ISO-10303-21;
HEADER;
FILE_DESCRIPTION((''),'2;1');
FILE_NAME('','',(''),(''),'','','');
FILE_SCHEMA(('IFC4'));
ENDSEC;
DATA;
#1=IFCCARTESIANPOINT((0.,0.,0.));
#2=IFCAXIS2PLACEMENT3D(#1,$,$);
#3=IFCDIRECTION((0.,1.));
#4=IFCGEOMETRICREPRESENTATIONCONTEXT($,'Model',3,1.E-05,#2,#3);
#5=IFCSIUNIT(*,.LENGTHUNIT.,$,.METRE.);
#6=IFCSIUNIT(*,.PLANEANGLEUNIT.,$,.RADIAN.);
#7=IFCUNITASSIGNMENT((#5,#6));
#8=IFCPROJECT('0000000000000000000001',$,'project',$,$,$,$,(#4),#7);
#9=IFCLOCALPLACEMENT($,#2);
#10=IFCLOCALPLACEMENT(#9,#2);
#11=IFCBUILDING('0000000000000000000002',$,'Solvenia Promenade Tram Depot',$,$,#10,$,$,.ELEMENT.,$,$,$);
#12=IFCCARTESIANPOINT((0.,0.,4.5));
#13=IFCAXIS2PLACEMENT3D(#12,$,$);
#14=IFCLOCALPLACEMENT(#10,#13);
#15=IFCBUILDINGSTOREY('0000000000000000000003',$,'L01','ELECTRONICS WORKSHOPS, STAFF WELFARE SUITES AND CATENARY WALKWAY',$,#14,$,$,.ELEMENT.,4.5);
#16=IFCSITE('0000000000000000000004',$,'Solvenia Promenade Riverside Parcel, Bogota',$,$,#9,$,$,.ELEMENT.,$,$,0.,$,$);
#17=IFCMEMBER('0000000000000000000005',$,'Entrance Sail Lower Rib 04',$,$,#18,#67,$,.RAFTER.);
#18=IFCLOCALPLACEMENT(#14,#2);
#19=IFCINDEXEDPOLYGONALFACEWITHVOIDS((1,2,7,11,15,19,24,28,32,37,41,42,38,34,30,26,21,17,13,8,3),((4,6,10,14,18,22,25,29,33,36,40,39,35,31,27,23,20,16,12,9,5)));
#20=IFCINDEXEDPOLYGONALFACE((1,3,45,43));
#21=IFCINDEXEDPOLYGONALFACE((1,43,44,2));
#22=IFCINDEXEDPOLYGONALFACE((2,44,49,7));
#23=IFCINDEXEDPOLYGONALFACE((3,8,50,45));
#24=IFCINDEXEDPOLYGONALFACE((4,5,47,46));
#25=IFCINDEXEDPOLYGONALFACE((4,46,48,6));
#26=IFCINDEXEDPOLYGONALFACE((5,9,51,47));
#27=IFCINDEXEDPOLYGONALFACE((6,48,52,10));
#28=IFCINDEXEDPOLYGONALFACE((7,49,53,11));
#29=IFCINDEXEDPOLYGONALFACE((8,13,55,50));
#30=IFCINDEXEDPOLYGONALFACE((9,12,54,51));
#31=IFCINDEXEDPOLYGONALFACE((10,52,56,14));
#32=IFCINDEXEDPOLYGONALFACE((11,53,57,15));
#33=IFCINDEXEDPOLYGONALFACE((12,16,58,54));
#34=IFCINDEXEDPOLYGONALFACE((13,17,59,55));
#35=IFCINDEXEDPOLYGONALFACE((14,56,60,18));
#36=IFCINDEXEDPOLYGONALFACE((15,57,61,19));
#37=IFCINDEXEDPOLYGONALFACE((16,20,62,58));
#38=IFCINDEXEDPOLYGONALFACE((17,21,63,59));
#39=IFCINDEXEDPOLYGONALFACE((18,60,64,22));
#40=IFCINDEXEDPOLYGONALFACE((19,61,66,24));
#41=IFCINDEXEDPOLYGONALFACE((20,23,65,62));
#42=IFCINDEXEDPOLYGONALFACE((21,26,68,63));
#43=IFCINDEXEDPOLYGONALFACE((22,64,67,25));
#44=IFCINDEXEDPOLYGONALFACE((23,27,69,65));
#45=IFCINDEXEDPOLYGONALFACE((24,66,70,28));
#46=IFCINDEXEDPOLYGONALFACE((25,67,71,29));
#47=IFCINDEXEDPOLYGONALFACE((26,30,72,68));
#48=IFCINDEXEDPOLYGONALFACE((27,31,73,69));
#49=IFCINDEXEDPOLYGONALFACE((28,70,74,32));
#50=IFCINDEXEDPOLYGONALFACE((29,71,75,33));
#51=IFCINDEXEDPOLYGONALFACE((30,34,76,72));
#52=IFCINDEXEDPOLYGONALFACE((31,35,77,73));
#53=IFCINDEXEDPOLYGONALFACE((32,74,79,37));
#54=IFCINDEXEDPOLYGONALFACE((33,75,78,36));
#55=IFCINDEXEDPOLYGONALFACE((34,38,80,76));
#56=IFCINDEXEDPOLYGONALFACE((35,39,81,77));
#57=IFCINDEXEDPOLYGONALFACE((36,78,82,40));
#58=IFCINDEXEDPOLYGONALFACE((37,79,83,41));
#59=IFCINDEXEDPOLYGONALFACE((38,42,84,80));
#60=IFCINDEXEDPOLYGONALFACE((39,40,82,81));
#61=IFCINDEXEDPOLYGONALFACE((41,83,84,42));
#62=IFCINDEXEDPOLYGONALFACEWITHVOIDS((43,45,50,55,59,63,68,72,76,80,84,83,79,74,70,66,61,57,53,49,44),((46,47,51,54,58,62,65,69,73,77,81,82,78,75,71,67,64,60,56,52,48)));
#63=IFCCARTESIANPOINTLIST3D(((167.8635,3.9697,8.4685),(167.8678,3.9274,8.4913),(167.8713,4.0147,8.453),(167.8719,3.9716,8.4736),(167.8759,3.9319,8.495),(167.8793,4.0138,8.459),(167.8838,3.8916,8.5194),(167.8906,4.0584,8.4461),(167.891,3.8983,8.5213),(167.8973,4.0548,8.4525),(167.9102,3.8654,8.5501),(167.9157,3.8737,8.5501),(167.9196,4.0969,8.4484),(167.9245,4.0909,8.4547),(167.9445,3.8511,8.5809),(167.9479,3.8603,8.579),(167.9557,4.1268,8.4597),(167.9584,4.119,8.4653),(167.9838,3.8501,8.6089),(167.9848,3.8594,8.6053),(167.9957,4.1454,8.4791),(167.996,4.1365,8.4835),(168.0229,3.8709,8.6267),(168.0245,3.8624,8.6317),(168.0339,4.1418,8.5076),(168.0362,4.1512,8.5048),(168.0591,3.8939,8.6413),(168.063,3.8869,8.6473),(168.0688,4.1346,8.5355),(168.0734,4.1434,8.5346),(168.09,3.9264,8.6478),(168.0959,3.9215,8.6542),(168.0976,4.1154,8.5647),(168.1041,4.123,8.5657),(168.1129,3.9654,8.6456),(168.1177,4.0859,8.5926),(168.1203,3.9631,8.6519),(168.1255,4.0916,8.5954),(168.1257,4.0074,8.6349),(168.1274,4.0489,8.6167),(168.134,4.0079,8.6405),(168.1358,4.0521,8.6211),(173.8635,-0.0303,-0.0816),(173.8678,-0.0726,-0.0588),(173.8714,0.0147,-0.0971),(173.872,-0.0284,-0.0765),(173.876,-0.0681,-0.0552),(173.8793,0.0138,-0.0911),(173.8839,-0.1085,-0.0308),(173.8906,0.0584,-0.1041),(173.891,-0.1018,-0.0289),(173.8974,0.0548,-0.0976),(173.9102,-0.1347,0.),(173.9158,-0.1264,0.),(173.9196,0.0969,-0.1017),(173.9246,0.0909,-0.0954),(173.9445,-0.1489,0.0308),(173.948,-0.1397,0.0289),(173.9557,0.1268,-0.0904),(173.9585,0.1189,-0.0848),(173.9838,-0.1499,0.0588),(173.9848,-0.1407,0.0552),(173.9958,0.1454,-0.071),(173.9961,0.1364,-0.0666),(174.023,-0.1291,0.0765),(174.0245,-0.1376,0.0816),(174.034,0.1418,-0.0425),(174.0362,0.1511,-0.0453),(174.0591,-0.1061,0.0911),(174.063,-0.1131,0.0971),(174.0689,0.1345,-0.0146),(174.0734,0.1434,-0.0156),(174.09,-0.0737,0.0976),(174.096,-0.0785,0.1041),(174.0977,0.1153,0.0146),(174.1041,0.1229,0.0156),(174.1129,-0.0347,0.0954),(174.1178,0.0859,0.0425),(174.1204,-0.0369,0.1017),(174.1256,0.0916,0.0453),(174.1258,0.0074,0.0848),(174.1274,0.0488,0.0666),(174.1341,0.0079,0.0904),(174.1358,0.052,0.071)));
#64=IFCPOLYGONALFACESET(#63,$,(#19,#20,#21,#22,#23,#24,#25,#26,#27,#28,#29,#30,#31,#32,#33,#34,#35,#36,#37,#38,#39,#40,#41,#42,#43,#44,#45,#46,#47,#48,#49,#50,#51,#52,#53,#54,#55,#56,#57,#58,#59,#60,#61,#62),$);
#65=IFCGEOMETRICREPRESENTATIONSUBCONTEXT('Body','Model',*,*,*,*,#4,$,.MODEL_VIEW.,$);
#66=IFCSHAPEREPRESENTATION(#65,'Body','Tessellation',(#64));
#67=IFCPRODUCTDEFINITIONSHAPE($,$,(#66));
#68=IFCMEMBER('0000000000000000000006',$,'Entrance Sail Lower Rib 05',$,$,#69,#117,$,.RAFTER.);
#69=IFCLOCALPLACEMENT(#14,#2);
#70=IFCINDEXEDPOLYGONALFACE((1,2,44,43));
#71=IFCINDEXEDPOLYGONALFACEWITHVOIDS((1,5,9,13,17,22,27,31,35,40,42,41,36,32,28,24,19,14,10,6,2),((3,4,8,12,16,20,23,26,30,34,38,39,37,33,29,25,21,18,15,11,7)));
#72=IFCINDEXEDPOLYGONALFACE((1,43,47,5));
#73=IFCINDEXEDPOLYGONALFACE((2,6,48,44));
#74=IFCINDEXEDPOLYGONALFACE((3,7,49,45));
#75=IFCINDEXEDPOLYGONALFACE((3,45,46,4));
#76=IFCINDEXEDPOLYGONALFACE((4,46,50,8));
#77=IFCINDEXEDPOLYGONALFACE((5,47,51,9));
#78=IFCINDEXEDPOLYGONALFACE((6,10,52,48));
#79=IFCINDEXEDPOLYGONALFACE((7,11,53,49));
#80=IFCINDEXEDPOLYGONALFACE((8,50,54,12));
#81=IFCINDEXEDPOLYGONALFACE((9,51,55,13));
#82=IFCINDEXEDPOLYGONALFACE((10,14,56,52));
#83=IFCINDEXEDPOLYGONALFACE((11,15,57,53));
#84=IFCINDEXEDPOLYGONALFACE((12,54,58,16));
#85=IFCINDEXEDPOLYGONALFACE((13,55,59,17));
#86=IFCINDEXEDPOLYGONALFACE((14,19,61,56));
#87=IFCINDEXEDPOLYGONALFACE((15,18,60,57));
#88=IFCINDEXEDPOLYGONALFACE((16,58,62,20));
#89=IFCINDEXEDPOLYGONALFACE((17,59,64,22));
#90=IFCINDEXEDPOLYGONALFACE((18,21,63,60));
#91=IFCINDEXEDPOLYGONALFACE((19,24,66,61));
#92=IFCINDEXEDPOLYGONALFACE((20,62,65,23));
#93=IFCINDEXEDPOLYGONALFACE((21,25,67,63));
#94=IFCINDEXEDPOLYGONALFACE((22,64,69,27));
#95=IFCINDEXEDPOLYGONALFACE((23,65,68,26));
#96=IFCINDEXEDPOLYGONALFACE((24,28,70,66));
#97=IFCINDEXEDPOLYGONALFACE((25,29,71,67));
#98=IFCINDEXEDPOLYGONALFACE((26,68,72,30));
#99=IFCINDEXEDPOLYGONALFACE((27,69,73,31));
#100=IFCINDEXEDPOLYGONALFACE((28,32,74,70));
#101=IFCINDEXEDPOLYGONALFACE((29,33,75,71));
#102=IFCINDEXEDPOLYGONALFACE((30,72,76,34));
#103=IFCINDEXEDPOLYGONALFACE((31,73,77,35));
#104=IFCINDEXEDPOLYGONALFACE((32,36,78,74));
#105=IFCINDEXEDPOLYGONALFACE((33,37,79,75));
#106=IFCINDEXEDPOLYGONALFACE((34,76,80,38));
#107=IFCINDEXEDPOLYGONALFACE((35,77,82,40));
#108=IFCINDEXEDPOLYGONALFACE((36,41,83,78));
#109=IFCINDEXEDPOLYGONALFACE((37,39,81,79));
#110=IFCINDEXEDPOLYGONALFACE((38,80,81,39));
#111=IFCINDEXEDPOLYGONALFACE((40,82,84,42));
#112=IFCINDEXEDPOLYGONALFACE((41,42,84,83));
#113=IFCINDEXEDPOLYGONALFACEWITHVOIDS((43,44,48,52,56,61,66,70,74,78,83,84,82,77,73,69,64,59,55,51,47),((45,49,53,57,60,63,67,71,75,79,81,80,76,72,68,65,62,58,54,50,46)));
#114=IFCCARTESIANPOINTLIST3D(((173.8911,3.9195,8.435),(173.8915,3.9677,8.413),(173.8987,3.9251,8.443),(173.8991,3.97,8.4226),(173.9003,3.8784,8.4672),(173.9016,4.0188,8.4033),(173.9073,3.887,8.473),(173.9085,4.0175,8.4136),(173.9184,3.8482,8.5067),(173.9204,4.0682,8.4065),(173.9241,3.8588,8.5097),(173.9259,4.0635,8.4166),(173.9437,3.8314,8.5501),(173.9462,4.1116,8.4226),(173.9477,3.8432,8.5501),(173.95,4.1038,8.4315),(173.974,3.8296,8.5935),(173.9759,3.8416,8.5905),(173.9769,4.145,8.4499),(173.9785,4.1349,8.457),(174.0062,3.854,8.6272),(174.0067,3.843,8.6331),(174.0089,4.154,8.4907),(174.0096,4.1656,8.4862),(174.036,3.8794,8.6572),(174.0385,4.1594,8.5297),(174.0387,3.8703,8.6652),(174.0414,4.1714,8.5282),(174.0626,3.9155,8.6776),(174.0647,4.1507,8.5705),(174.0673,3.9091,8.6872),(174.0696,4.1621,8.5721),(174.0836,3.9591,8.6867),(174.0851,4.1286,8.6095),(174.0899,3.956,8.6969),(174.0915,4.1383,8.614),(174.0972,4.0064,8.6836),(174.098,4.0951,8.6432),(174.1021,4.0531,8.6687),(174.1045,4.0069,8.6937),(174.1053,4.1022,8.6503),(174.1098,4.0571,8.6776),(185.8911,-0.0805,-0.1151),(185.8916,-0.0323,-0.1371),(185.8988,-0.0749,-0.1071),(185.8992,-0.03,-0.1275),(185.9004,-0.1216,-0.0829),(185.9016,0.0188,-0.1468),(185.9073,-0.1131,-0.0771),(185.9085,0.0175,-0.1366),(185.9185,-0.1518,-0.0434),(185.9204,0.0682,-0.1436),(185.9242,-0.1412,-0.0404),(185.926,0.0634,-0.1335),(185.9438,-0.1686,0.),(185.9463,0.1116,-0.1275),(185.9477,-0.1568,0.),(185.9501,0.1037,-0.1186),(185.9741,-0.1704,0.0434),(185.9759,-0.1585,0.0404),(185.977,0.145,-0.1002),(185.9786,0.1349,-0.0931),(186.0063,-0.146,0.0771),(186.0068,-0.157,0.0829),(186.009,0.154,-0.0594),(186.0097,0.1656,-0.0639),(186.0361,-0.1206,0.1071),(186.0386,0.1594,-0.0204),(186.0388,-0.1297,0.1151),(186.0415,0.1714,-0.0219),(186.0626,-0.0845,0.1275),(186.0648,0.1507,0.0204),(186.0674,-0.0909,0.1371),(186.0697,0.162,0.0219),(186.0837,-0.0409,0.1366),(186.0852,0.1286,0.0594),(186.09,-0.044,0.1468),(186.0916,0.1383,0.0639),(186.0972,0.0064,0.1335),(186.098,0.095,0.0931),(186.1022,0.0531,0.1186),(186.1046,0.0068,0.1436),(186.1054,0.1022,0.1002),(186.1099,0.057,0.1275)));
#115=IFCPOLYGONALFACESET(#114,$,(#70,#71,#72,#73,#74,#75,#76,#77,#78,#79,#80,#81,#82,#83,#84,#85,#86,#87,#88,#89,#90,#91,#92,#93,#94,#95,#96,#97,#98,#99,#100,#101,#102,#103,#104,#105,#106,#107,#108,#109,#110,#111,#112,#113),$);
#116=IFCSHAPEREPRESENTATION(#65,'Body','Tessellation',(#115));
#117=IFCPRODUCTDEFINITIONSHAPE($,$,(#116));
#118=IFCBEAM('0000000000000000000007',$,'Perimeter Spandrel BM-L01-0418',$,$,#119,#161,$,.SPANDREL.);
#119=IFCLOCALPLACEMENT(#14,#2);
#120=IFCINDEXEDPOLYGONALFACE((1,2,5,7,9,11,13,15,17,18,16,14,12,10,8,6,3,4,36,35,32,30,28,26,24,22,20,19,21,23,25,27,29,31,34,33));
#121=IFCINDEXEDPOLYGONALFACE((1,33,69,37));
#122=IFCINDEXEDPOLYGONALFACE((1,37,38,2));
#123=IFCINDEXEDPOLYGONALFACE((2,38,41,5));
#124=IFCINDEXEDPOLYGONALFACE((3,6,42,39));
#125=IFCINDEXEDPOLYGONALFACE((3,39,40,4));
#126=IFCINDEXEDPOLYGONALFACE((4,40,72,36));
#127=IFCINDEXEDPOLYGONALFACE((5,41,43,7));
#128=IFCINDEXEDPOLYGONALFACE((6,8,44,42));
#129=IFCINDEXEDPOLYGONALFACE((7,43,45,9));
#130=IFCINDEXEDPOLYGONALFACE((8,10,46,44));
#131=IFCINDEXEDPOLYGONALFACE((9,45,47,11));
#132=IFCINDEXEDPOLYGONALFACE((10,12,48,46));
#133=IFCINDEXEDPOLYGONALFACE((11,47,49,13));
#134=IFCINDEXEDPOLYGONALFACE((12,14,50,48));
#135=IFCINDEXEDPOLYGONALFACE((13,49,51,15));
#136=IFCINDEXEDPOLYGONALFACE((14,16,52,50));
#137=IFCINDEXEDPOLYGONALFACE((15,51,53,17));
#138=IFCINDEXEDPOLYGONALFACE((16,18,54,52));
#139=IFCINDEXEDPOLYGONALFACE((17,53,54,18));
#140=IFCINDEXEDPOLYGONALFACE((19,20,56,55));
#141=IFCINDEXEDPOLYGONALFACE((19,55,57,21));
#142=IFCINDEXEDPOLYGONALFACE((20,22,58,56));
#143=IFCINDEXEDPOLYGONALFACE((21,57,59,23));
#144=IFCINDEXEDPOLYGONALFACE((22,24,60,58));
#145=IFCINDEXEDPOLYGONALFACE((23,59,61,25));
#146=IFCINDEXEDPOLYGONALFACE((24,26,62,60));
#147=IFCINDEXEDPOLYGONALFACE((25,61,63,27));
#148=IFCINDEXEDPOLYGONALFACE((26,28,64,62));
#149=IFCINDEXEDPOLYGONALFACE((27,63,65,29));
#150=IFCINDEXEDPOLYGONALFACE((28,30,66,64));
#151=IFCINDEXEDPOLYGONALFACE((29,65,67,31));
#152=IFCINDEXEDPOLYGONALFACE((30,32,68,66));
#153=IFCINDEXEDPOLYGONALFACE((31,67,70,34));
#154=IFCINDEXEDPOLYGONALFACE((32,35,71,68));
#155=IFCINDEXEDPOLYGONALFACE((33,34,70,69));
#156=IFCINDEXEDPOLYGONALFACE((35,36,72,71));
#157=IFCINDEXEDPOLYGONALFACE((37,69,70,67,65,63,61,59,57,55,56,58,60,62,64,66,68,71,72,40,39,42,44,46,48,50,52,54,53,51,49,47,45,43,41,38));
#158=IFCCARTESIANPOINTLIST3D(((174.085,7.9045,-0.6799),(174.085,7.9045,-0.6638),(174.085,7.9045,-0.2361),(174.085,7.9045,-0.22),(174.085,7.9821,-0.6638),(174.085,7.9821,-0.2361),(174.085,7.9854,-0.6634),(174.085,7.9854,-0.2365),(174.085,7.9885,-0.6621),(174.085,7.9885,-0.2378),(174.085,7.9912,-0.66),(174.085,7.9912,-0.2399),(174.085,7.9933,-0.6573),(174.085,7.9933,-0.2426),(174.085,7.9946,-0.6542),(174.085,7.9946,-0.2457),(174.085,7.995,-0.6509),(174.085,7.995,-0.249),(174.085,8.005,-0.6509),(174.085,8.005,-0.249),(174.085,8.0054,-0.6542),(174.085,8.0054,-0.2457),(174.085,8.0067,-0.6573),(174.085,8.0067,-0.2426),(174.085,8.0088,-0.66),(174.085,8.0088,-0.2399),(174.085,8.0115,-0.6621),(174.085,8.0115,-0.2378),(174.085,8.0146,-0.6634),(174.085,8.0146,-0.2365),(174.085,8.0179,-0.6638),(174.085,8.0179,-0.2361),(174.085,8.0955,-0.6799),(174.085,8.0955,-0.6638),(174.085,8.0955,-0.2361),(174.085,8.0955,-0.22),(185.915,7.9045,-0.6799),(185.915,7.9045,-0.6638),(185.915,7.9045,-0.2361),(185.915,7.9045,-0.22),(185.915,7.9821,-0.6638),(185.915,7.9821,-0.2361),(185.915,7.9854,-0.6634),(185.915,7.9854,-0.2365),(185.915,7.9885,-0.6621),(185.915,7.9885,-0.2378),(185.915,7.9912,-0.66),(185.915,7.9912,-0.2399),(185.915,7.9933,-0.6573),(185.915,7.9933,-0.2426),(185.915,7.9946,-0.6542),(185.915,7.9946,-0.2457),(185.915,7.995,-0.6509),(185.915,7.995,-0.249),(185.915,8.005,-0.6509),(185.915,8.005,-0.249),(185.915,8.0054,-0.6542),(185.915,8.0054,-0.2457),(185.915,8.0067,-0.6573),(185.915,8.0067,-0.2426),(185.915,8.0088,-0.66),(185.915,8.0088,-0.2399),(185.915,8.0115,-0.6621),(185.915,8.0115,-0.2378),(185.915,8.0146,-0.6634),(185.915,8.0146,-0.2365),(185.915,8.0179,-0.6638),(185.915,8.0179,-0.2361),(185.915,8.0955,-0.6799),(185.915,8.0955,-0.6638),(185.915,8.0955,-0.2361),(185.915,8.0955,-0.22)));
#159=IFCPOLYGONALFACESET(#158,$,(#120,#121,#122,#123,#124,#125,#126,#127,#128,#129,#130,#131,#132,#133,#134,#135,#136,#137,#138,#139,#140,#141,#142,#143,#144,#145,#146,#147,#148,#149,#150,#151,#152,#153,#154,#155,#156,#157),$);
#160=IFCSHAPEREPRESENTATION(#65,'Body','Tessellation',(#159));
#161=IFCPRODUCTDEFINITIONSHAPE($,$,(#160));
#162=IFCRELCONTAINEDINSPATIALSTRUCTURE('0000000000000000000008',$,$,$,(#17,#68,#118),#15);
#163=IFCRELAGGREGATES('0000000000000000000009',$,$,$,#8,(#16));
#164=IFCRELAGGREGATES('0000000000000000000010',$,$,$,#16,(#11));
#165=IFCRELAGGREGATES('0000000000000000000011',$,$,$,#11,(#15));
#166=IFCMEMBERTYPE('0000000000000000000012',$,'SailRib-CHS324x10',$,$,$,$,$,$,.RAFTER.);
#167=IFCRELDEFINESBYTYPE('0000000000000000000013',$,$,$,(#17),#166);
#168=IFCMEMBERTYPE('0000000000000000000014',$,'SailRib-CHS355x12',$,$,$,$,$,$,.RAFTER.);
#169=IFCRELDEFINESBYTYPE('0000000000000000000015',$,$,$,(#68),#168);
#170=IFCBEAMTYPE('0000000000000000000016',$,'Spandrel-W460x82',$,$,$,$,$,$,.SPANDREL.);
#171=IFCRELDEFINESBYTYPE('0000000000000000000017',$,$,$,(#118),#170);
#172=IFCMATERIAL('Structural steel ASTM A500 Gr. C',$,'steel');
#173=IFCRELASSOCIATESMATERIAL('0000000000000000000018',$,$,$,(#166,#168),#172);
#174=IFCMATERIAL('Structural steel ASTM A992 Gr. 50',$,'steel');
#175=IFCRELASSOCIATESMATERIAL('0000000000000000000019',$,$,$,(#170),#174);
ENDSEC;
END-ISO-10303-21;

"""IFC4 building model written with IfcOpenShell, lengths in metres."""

from ifc_helpers import new_model, si_unit, direction, frame, origin, origin_2d, place, context, subcontext, project, spatial, hollow_circle, i_section, extrude, material, material_profile, profile_set, type_object, element, save


model = new_model("IFC4")

# Units and contexts
model_context = context("Model", 3, precision=1e-05, world=origin(), true_north=direction((0.0, 1.0)))
body_context = subcontext(model_context, "Body", "Model", "MODEL_VIEW")
ifc_project = project(units=[si_unit("LENGTHUNIT", "METRE"), si_unit("PLANEANGLEUNIT", "RADIAN")], contexts=[model_context])

# Site, building, storey
site_placement = place(None, origin())
site = spatial("IfcSite", under=ifc_project, at=site_placement, Name="Solvenia Promenade Riverside Parcel, Bogota", CompositionType="ELEMENT", RefElevation=0.0)
building_placement = place(site_placement, origin())
building = spatial("IfcBuilding", under=site, at=building_placement, Name="Solvenia Promenade Tram Depot", CompositionType="ELEMENT")
storey_placement = place(building_placement, frame((0.0, 0.0, 4.5)))
storey = spatial("IfcBuildingStorey", under=building, at=storey_placement, Name="L01", Description="ELECTRONICS WORKSHOPS, STAFF WELFARE SUITES AND CATENARY WALKWAY", CompositionType="ELEMENT", Elevation=4.5)

# Shared definitions
ifc_material_1 = material(Name="Structural steel ASTM A992 Gr. 50", Category="steel")

# Members
ifc_material_2 = material(Name="Structural steel ASTM A500 Gr. C", Category="steel")
ifc_material_profile_1 = material_profile(ifc_material_2, hollow_circle(Radius=0.1619, WallThickness=0.01, at=origin_2d()), Name="CHS323.9x10", Category="steel")
ifc_profile_set_1 = profile_set([ifc_material_profile_1], Name="Structural steel ASTM A500 Gr. C")
member_type_1 = type_object("IfcMemberType", Name="SailRib-CHS324x10", PredefinedType="RAFTER", material=ifc_profile_set_1)
member_1_placement = place(storey_placement, frame((174.0, 0.0, 0.0), z_axis=(-0.536435, 0.357623, 0.764424), x_axis=(-0.5547, -0.83205, 0.0)))
element("IfcMember", 1, at=member_1_placement, inside=storey, type_object=member_type_1, Name="Entrance Sail Lower Rib 04", PredefinedType="RAFTER", context=body_context, shape_type="SweptSolid", body=[
    extrude(hollow_circle(Radius=0.1619, WallThickness=0.01, at=origin_2d()), origin(), (0.0, 0.0, 1.0), 11.1851),
])
ifc_material_profile_2 = material_profile(ifc_material_2, hollow_circle(Radius=0.1777, WallThickness=0.0125, at=origin_2d()), Name="CHS355.6x12.5", Category="steel")
ifc_profile_set_2 = profile_set([ifc_material_profile_2], Name="Structural steel ASTM A500 Gr. C")
member_type_2 = type_object("IfcMemberType", Name="SailRib-CHS355x12", PredefinedType="RAFTER", material=ifc_profile_set_2)
member_2_placement = place(storey_placement, frame((186.0, 0.0, 0.0), z_axis=(-0.785972, 0.261991, 0.560008), x_axis=(-0.316228, -0.948683, 0.0)))
element("IfcMember", 2, at=member_2_placement, inside=storey, type_object=member_type_2, Name="Entrance Sail Lower Rib 05", PredefinedType="RAFTER", context=body_context, shape_type="SweptSolid", body=[
    extrude(hollow_circle(Radius=0.1777, WallThickness=0.0125, at=origin_2d()), origin(), (0.0, 0.0, 1.0), 15.2678),
])

# Beam
ifc_material_profile_3 = material_profile(ifc_material_1, i_section(OverallWidth=0.1909, OverallDepth=0.46, WebThickness=0.01, FlangeThickness=0.0161, FilletRadius=0.0129, at=origin_2d()), Name="W460x82", Category="steel")
ifc_profile_set_3 = profile_set([ifc_material_profile_3], Name="Structural steel ASTM A992 Gr. 50")
beam_type_1 = type_object("IfcBeamType", Name="Spandrel-W460x82", PredefinedType="SPANDREL", material=ifc_profile_set_3)
for number, where, z_axis, x_axis, name in (
    (3, (174.085, 8.0, -0.45), (1.0, 0.0, 0.0), (0.0, 1.0, 0.0), "Perimeter Spandrel BM-L01-0418"),
):
    element("IfcBeam", number, at=place(storey_placement, frame(where, z_axis=z_axis, x_axis=x_axis)), inside=storey, type_object=beam_type_1, Name=name, PredefinedType="SPANDREL", context=body_context, shape_type="SweptSolid", body=[
        extrude(i_section(OverallWidth=0.1909, OverallDepth=0.46, WebThickness=0.01, FlangeThickness=0.0161, FilletRadius=0.0129, at=origin_2d()), origin(), (0.0, 0.0, 1.0), 11.8301),
    ])

save(model, "model.ifc")
